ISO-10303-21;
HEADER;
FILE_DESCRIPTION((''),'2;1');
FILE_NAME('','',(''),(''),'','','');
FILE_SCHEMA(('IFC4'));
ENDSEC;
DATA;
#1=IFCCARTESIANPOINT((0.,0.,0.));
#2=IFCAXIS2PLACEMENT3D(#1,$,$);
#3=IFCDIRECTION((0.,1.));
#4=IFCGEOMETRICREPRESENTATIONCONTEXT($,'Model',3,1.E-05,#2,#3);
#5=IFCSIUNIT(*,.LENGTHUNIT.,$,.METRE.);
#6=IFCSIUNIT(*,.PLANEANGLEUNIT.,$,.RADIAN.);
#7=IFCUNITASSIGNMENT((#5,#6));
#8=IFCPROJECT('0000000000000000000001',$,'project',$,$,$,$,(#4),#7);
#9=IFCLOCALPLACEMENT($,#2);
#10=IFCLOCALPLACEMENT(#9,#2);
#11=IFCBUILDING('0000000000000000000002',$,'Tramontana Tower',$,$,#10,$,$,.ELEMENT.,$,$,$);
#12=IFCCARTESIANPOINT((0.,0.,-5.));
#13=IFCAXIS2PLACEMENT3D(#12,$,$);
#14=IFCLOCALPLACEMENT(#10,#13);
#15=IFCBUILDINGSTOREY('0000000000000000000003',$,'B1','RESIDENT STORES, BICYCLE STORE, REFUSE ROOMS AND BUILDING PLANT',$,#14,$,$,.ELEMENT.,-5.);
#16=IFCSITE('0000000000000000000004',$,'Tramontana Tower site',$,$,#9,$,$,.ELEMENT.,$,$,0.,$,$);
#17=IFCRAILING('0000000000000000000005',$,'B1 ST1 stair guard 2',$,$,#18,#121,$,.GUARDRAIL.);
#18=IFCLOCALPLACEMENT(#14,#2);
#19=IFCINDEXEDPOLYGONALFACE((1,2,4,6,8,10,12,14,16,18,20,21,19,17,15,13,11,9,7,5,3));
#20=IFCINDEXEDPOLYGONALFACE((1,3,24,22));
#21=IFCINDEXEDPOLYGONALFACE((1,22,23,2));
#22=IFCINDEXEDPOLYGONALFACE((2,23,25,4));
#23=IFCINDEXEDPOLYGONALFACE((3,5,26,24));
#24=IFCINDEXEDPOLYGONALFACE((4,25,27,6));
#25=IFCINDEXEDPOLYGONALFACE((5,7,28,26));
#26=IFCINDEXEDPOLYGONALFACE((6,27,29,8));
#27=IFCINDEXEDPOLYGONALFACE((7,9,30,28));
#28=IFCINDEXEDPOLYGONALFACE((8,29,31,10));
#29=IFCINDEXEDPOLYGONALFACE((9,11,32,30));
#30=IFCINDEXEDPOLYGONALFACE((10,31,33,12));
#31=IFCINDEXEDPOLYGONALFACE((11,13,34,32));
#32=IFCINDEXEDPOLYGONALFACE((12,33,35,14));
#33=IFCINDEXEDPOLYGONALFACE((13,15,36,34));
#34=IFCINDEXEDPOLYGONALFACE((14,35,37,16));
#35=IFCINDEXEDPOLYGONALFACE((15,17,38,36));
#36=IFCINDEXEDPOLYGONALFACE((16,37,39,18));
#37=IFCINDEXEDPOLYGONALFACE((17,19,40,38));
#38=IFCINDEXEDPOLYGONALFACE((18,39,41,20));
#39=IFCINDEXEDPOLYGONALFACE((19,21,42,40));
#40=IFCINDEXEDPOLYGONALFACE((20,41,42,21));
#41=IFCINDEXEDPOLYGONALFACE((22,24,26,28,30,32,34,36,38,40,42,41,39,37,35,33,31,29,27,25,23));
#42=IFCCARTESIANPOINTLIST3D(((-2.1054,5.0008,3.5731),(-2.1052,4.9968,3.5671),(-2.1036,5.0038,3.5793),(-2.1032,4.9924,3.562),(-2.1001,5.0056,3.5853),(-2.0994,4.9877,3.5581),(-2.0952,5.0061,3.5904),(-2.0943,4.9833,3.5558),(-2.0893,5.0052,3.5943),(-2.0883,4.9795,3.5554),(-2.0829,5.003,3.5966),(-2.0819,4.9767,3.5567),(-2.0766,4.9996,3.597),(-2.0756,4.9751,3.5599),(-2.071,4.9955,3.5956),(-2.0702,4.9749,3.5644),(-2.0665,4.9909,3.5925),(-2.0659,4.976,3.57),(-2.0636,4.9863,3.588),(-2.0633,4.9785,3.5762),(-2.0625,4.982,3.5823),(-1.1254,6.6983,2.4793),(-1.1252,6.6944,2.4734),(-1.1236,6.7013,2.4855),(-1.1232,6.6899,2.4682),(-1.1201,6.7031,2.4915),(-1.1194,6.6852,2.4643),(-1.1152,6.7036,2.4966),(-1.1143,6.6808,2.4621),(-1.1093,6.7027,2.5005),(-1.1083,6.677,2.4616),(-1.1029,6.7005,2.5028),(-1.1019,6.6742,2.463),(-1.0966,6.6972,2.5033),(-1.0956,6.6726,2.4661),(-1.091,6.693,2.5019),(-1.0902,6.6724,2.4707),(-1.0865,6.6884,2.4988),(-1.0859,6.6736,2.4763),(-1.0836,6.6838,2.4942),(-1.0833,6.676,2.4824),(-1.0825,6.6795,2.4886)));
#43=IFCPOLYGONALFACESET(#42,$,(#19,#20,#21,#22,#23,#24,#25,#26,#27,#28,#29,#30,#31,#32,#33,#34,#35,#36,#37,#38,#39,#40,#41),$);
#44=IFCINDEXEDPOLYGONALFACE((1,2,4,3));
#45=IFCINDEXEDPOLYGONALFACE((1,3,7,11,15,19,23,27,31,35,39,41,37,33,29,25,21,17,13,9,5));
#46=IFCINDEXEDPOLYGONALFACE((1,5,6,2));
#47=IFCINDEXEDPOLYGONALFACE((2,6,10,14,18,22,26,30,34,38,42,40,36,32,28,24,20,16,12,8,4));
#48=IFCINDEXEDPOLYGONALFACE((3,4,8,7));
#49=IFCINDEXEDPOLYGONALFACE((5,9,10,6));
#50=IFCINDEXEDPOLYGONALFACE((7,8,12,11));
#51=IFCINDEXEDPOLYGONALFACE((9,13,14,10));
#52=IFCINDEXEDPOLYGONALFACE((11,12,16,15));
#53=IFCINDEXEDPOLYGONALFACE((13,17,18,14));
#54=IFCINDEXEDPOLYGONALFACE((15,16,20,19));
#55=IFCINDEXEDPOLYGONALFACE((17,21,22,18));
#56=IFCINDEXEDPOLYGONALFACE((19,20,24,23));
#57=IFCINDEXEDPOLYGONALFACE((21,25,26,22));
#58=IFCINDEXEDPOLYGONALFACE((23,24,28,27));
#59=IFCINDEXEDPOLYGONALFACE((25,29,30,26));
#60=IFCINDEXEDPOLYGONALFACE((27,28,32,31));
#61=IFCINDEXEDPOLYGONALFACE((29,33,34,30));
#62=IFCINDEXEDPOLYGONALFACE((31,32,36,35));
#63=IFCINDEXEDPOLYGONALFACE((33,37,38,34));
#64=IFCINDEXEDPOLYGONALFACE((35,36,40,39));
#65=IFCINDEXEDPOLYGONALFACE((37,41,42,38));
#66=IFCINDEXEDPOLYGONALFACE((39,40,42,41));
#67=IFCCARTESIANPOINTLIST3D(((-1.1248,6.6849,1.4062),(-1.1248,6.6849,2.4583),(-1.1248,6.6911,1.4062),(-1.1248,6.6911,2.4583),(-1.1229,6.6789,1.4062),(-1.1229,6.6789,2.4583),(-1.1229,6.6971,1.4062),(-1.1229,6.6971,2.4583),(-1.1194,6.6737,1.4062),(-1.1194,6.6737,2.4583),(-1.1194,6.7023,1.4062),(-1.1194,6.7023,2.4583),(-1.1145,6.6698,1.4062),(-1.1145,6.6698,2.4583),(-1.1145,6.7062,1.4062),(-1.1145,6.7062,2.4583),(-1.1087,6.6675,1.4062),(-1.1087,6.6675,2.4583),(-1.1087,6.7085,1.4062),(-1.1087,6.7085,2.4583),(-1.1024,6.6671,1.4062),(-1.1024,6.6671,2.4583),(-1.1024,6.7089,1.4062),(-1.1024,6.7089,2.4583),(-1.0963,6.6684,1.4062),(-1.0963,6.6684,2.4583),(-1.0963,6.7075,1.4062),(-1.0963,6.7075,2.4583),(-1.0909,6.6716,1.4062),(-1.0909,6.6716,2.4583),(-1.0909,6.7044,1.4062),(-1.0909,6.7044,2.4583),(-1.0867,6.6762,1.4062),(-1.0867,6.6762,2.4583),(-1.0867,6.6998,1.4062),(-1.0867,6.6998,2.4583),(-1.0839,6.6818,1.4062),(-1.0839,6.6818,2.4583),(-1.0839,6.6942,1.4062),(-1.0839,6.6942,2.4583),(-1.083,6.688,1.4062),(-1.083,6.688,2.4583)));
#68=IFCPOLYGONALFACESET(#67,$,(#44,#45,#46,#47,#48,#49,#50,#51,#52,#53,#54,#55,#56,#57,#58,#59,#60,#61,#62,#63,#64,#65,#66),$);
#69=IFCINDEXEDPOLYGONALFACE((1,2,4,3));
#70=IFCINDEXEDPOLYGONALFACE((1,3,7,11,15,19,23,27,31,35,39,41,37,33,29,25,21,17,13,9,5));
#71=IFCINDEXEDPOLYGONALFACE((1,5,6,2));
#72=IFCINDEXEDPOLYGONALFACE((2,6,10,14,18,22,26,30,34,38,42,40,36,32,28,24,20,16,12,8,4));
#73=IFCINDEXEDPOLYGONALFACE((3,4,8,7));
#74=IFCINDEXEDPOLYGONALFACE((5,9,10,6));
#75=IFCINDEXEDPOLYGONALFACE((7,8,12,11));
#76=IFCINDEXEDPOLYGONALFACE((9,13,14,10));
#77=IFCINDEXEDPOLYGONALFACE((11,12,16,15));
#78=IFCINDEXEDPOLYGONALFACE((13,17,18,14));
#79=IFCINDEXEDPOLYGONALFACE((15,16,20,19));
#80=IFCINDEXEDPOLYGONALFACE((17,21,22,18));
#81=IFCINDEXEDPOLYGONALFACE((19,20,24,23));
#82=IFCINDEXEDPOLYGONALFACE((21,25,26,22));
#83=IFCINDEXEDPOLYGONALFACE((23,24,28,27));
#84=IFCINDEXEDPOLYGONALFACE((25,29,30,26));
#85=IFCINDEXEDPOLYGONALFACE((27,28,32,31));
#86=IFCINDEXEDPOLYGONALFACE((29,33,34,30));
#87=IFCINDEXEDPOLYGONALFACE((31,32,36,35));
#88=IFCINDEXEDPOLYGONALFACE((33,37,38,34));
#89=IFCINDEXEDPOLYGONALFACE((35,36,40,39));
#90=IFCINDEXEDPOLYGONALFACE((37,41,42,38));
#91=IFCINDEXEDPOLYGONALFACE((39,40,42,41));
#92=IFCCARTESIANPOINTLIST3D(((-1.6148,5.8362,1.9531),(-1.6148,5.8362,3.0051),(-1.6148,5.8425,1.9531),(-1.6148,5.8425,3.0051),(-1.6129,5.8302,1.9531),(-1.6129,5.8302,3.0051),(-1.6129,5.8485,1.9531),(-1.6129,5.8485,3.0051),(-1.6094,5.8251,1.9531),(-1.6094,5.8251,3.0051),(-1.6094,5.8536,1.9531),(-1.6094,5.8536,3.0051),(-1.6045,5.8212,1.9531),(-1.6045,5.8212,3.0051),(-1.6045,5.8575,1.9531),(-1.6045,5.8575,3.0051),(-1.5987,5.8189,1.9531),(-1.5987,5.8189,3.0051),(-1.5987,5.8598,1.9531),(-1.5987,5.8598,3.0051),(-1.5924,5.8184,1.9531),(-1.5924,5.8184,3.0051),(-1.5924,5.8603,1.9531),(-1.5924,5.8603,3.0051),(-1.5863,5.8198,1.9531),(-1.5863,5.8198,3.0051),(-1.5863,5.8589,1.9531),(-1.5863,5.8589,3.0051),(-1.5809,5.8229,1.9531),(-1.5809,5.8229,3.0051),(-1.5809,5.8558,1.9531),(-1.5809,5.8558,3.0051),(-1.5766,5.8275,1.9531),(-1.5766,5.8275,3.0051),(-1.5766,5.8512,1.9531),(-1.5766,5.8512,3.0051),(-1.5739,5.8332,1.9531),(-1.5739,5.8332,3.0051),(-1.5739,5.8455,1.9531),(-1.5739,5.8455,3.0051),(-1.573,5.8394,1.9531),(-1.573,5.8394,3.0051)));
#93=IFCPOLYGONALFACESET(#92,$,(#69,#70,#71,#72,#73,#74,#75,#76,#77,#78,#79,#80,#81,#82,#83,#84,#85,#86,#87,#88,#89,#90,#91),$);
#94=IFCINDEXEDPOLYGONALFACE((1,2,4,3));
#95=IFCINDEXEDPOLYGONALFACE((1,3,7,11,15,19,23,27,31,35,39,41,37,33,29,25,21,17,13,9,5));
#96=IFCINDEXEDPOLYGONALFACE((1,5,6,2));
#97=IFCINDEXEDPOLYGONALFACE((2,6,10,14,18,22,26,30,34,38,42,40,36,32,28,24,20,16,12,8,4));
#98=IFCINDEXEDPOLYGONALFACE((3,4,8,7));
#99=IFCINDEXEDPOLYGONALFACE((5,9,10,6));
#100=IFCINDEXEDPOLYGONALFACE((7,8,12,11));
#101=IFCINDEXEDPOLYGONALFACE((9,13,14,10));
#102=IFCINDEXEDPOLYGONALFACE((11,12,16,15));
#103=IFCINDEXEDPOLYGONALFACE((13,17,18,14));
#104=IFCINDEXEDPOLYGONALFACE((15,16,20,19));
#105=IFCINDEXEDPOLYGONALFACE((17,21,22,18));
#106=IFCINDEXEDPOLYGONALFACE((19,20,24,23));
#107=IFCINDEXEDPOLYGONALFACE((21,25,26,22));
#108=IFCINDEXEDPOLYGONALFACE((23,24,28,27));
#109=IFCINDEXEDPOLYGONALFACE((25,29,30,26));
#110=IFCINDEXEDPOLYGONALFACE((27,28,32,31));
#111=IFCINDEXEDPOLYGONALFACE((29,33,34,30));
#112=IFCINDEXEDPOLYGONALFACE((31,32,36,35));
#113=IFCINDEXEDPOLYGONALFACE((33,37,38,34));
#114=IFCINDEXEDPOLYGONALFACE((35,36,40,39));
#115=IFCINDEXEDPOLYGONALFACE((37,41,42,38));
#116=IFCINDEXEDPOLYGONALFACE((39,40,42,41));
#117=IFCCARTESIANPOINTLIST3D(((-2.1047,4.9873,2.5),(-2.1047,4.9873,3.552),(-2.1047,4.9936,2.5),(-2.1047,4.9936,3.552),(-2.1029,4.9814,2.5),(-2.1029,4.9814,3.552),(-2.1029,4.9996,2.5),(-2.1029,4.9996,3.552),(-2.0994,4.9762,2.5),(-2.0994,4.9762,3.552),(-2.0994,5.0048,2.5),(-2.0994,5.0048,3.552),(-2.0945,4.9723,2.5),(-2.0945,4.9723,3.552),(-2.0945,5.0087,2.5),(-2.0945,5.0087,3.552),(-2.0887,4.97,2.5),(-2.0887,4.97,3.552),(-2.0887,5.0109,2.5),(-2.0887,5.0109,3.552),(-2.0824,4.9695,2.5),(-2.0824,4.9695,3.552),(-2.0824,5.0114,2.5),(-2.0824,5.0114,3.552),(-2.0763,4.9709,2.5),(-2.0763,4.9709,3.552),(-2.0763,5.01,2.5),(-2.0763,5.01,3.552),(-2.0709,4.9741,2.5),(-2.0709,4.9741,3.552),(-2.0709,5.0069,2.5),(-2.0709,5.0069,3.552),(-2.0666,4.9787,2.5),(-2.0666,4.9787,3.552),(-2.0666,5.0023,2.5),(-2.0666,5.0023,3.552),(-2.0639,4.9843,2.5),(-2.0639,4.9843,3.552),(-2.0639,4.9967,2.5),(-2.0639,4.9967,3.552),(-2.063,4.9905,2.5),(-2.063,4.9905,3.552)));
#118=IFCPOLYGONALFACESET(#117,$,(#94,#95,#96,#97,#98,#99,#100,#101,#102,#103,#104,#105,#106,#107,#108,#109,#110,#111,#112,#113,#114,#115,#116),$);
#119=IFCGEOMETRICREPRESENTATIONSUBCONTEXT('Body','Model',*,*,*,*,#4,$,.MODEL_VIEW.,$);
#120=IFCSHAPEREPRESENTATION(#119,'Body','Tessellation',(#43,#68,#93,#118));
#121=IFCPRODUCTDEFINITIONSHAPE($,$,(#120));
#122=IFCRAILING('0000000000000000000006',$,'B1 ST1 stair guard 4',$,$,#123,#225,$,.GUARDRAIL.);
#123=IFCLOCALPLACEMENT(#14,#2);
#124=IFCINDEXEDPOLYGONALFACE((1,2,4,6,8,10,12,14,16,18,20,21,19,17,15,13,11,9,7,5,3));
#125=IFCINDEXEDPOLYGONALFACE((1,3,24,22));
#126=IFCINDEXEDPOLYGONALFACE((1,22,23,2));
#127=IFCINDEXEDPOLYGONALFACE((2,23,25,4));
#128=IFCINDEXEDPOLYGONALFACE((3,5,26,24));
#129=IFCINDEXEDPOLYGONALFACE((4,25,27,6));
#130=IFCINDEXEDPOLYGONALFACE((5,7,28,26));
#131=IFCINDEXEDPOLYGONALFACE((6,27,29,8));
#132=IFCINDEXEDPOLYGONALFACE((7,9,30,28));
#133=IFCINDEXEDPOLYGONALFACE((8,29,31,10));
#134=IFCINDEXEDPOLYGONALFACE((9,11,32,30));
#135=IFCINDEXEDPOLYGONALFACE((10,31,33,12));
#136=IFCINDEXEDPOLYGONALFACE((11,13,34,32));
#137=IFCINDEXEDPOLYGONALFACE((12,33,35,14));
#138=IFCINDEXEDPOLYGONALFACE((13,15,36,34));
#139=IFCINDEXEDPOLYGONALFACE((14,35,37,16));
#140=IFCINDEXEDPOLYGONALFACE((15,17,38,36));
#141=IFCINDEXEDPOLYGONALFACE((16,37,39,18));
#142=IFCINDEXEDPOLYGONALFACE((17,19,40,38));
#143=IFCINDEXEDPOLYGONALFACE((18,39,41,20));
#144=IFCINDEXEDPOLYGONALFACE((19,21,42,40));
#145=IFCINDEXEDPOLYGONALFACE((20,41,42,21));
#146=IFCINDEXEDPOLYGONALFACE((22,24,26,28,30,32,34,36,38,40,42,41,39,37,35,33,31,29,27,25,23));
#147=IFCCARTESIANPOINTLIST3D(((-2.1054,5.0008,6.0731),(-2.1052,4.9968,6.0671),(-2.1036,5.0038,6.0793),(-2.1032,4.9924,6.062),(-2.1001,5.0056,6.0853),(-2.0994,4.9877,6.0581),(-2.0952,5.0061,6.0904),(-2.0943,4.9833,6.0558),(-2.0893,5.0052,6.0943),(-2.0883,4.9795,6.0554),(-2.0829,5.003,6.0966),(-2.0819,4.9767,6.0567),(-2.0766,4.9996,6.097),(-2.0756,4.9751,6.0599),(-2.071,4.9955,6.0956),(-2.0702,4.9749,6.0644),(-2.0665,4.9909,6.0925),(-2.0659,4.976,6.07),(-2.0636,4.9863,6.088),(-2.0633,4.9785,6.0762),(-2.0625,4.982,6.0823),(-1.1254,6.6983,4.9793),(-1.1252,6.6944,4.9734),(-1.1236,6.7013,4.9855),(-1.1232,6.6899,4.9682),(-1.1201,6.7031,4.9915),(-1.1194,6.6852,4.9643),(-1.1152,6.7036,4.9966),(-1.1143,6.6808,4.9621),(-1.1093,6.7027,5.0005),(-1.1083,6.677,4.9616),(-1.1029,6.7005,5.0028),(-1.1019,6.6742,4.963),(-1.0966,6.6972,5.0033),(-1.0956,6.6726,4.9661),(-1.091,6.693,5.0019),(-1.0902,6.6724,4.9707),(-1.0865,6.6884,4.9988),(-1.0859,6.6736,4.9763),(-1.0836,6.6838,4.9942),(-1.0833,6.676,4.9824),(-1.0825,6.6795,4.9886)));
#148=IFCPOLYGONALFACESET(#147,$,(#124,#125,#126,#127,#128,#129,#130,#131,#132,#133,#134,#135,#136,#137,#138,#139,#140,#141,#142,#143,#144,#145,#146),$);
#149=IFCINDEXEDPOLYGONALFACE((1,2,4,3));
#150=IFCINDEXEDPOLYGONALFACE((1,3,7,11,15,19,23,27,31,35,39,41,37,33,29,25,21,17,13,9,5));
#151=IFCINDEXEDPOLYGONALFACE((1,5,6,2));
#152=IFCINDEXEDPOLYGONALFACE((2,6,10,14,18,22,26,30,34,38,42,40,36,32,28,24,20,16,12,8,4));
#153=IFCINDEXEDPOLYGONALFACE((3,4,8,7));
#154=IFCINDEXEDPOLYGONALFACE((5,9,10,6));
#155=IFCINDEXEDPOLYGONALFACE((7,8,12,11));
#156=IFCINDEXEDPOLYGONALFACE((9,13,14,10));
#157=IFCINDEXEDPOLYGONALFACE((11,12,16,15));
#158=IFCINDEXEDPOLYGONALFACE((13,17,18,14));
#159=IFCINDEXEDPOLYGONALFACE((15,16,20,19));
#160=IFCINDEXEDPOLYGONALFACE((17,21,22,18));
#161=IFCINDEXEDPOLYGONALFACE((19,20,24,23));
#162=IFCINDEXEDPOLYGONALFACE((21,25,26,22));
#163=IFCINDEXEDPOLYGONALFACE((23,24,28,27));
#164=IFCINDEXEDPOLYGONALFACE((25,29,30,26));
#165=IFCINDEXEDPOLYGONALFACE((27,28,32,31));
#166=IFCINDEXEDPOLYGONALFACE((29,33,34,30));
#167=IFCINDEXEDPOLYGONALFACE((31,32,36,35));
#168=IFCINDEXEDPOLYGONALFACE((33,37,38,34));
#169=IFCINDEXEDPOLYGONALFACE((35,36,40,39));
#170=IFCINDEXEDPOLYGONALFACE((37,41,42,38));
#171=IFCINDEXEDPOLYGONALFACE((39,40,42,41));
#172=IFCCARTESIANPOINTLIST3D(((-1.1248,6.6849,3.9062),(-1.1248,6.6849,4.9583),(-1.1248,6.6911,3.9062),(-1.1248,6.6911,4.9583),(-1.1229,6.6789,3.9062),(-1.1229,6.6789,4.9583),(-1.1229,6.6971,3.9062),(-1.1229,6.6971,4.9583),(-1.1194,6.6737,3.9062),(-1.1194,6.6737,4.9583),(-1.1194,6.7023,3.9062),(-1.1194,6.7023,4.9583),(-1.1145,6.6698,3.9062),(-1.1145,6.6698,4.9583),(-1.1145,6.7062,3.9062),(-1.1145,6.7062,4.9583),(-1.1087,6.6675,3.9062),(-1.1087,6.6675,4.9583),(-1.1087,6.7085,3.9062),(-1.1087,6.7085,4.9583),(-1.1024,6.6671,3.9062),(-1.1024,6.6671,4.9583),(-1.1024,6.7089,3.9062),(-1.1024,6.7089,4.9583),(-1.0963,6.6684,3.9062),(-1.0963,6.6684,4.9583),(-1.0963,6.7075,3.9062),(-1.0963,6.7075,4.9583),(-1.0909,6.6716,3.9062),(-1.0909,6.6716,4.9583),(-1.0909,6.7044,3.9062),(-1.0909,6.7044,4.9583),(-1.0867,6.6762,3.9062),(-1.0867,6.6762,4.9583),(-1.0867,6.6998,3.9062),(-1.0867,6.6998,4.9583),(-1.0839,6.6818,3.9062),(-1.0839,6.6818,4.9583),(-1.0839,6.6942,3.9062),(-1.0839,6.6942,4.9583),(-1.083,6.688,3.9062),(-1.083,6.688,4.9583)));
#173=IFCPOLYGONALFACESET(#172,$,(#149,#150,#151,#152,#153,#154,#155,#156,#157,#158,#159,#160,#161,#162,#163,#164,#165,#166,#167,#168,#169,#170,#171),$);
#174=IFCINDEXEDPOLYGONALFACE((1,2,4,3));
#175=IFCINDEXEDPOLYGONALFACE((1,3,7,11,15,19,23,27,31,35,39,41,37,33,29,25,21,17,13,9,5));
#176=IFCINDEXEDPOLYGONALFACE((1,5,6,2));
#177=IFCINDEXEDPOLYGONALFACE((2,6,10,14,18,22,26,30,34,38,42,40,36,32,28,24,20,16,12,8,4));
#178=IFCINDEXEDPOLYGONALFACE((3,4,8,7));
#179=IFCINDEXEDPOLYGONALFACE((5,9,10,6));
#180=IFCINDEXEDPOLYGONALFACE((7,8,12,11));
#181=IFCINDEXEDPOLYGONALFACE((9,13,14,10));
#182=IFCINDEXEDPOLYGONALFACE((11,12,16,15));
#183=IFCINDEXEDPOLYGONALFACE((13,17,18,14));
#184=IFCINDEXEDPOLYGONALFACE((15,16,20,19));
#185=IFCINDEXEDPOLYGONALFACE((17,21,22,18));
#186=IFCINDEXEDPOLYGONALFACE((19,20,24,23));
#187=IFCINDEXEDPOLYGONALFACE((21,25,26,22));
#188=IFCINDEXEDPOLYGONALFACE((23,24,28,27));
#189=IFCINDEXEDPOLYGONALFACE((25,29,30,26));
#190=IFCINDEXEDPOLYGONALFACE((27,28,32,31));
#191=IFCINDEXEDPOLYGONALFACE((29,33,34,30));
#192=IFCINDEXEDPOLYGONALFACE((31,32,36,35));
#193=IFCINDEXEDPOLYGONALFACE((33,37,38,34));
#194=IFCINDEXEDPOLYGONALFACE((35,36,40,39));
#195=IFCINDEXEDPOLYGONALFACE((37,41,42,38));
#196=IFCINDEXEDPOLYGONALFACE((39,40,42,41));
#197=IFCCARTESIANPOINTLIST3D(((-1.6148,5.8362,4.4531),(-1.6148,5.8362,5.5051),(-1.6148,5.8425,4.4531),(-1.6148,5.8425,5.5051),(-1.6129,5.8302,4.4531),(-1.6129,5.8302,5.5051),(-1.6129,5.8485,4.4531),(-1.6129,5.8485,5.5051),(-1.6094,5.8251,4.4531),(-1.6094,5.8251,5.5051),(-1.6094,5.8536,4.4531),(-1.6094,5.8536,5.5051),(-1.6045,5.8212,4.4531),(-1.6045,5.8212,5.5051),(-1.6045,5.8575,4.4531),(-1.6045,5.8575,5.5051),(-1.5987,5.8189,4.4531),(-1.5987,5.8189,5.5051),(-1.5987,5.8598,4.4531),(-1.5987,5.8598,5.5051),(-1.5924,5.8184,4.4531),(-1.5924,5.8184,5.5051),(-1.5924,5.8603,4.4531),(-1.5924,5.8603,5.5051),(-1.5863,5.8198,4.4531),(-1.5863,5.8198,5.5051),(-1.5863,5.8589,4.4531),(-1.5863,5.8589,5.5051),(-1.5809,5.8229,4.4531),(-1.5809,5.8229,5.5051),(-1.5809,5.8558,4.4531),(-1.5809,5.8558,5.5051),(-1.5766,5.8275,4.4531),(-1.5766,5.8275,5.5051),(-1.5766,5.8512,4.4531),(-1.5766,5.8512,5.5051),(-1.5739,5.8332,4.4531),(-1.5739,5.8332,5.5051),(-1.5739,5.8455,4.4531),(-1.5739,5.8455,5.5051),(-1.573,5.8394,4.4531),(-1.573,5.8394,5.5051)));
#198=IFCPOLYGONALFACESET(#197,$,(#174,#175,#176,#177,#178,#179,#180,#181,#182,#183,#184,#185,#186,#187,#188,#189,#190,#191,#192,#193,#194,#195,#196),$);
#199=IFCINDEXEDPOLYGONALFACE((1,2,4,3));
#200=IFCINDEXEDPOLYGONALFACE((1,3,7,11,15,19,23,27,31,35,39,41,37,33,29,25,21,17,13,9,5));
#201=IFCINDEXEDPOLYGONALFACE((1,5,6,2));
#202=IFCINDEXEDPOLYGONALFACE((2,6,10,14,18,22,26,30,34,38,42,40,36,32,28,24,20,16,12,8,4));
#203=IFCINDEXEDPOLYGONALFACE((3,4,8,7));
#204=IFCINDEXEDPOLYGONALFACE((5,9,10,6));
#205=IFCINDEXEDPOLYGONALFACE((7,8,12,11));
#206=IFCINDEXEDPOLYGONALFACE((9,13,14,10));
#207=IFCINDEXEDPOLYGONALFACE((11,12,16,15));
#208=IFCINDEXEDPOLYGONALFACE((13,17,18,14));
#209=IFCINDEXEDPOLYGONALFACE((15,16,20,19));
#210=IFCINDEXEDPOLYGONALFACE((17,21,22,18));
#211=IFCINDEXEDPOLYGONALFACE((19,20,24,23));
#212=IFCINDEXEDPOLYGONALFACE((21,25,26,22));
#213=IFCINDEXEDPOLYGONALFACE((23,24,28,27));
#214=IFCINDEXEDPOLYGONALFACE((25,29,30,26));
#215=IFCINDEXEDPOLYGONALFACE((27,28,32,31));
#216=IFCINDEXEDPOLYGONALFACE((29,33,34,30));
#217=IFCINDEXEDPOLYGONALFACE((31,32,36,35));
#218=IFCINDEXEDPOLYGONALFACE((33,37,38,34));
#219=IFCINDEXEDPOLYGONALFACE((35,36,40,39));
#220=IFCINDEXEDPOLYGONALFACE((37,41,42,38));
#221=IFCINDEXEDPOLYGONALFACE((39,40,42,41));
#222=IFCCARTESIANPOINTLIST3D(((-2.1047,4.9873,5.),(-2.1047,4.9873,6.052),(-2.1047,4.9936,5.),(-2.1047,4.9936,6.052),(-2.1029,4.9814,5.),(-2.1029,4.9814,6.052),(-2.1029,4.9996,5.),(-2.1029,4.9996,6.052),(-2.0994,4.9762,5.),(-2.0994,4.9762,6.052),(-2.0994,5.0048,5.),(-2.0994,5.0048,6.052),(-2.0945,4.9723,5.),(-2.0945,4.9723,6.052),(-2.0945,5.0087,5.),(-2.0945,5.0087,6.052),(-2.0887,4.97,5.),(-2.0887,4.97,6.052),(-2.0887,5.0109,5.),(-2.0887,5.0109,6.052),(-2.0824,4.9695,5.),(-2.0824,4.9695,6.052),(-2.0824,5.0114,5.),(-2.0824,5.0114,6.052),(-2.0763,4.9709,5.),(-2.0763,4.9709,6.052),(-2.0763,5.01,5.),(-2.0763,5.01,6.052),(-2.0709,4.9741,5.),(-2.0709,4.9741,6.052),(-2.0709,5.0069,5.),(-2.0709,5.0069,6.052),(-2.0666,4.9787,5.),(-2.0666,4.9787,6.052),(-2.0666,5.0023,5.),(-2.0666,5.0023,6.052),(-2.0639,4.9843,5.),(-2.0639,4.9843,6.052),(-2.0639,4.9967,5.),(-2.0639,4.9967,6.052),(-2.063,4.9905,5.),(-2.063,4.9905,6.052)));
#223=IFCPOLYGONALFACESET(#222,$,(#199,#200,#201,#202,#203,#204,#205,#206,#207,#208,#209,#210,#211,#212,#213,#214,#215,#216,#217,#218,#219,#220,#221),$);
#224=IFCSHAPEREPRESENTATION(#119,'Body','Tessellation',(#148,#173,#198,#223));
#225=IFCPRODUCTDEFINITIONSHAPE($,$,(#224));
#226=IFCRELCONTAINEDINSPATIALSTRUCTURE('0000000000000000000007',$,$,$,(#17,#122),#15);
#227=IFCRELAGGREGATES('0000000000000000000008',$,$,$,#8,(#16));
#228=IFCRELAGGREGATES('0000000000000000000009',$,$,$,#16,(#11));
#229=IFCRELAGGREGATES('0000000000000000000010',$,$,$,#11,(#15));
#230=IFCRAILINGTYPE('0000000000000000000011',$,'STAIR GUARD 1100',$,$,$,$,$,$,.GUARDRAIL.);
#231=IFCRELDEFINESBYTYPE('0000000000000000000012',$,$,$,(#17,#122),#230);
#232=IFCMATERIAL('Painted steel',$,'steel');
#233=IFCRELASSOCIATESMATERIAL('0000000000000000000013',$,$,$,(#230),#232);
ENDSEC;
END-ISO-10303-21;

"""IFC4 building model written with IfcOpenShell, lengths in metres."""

from ifc_helpers import new_model, si_unit, direction, frame, origin, origin_2d, place, context, subcontext, project, spatial, circle, extrude, material, type_object, element, save


model = new_model("IFC4")

# Units and contexts
model_context = context("Model", 3, precision=1e-05, world=origin(), true_north=direction((0.0, 1.0)))
body_context = subcontext(model_context, "Body", "Model", "MODEL_VIEW")
ifc_project = project(units=[si_unit("LENGTHUNIT", "METRE"), si_unit("PLANEANGLEUNIT", "RADIAN")], contexts=[model_context])

# Site, building, storey
site_placement = place(None, origin())
site = spatial("IfcSite", under=ifc_project, at=site_placement, Name="Tramontana Tower site", CompositionType="ELEMENT", RefElevation=0.0)
building_placement = place(site_placement, origin())
building = spatial("IfcBuilding", under=site, at=building_placement, Name="Tramontana Tower", CompositionType="ELEMENT")
storey_placement = place(building_placement, frame((0.0, 0.0, -5.0)))
storey = spatial("IfcBuildingStorey", under=building, at=storey_placement, Name="B1", Description="RESIDENT STORES, BICYCLE STORE, REFUSE ROOMS AND BUILDING PLANT", CompositionType="ELEMENT", Elevation=-5.0)

# Railings
ifc_material_1 = material(Name="Painted steel", Category="steel")
railing_type_1 = type_object("IfcRailingType", Name="STAIR GUARD 1100", PredefinedType="GUARDRAIL", material=ifc_material_1)
for number, where, name in (
    (1, (-1.104, 6.688, 1.4062), "B1 ST1 stair guard 2"),
    (2, (-1.104, 6.688, 3.9062), "B1 ST1 stair guard 4"),
):
    element("IfcRailing", number, at=place(storey_placement, frame(where)), inside=storey, type_object=railing_type_1, Name=name, PredefinedType="GUARDRAIL", context=body_context, shape_type="SweptSolid", body=[
        extrude(circle(Radius=0.0239, at=origin_2d()), frame((0.0, 0.0, 1.0762), z_axis=(-0.436596, -0.756267, 0.487282), x_axis=(0.866042, -0.49997, 0.0)), (0.0, 0.0, 1.0), 2.2446),
        extrude(circle(Radius=0.021, at=origin_2d()), origin(), (0.0, 0.0, 1.0), 1.052),
        extrude(circle(Radius=0.021, at=origin_2d()), frame((-0.49, -0.8486, 0.5469)), (0.0, 0.0, 1.0), 1.052),
        extrude(circle(Radius=0.021, at=origin_2d()), frame((-0.98, -1.6975, 1.0938)), (0.0, 0.0, 1.0), 1.052),
    ])

save(model, "model.ifc")
